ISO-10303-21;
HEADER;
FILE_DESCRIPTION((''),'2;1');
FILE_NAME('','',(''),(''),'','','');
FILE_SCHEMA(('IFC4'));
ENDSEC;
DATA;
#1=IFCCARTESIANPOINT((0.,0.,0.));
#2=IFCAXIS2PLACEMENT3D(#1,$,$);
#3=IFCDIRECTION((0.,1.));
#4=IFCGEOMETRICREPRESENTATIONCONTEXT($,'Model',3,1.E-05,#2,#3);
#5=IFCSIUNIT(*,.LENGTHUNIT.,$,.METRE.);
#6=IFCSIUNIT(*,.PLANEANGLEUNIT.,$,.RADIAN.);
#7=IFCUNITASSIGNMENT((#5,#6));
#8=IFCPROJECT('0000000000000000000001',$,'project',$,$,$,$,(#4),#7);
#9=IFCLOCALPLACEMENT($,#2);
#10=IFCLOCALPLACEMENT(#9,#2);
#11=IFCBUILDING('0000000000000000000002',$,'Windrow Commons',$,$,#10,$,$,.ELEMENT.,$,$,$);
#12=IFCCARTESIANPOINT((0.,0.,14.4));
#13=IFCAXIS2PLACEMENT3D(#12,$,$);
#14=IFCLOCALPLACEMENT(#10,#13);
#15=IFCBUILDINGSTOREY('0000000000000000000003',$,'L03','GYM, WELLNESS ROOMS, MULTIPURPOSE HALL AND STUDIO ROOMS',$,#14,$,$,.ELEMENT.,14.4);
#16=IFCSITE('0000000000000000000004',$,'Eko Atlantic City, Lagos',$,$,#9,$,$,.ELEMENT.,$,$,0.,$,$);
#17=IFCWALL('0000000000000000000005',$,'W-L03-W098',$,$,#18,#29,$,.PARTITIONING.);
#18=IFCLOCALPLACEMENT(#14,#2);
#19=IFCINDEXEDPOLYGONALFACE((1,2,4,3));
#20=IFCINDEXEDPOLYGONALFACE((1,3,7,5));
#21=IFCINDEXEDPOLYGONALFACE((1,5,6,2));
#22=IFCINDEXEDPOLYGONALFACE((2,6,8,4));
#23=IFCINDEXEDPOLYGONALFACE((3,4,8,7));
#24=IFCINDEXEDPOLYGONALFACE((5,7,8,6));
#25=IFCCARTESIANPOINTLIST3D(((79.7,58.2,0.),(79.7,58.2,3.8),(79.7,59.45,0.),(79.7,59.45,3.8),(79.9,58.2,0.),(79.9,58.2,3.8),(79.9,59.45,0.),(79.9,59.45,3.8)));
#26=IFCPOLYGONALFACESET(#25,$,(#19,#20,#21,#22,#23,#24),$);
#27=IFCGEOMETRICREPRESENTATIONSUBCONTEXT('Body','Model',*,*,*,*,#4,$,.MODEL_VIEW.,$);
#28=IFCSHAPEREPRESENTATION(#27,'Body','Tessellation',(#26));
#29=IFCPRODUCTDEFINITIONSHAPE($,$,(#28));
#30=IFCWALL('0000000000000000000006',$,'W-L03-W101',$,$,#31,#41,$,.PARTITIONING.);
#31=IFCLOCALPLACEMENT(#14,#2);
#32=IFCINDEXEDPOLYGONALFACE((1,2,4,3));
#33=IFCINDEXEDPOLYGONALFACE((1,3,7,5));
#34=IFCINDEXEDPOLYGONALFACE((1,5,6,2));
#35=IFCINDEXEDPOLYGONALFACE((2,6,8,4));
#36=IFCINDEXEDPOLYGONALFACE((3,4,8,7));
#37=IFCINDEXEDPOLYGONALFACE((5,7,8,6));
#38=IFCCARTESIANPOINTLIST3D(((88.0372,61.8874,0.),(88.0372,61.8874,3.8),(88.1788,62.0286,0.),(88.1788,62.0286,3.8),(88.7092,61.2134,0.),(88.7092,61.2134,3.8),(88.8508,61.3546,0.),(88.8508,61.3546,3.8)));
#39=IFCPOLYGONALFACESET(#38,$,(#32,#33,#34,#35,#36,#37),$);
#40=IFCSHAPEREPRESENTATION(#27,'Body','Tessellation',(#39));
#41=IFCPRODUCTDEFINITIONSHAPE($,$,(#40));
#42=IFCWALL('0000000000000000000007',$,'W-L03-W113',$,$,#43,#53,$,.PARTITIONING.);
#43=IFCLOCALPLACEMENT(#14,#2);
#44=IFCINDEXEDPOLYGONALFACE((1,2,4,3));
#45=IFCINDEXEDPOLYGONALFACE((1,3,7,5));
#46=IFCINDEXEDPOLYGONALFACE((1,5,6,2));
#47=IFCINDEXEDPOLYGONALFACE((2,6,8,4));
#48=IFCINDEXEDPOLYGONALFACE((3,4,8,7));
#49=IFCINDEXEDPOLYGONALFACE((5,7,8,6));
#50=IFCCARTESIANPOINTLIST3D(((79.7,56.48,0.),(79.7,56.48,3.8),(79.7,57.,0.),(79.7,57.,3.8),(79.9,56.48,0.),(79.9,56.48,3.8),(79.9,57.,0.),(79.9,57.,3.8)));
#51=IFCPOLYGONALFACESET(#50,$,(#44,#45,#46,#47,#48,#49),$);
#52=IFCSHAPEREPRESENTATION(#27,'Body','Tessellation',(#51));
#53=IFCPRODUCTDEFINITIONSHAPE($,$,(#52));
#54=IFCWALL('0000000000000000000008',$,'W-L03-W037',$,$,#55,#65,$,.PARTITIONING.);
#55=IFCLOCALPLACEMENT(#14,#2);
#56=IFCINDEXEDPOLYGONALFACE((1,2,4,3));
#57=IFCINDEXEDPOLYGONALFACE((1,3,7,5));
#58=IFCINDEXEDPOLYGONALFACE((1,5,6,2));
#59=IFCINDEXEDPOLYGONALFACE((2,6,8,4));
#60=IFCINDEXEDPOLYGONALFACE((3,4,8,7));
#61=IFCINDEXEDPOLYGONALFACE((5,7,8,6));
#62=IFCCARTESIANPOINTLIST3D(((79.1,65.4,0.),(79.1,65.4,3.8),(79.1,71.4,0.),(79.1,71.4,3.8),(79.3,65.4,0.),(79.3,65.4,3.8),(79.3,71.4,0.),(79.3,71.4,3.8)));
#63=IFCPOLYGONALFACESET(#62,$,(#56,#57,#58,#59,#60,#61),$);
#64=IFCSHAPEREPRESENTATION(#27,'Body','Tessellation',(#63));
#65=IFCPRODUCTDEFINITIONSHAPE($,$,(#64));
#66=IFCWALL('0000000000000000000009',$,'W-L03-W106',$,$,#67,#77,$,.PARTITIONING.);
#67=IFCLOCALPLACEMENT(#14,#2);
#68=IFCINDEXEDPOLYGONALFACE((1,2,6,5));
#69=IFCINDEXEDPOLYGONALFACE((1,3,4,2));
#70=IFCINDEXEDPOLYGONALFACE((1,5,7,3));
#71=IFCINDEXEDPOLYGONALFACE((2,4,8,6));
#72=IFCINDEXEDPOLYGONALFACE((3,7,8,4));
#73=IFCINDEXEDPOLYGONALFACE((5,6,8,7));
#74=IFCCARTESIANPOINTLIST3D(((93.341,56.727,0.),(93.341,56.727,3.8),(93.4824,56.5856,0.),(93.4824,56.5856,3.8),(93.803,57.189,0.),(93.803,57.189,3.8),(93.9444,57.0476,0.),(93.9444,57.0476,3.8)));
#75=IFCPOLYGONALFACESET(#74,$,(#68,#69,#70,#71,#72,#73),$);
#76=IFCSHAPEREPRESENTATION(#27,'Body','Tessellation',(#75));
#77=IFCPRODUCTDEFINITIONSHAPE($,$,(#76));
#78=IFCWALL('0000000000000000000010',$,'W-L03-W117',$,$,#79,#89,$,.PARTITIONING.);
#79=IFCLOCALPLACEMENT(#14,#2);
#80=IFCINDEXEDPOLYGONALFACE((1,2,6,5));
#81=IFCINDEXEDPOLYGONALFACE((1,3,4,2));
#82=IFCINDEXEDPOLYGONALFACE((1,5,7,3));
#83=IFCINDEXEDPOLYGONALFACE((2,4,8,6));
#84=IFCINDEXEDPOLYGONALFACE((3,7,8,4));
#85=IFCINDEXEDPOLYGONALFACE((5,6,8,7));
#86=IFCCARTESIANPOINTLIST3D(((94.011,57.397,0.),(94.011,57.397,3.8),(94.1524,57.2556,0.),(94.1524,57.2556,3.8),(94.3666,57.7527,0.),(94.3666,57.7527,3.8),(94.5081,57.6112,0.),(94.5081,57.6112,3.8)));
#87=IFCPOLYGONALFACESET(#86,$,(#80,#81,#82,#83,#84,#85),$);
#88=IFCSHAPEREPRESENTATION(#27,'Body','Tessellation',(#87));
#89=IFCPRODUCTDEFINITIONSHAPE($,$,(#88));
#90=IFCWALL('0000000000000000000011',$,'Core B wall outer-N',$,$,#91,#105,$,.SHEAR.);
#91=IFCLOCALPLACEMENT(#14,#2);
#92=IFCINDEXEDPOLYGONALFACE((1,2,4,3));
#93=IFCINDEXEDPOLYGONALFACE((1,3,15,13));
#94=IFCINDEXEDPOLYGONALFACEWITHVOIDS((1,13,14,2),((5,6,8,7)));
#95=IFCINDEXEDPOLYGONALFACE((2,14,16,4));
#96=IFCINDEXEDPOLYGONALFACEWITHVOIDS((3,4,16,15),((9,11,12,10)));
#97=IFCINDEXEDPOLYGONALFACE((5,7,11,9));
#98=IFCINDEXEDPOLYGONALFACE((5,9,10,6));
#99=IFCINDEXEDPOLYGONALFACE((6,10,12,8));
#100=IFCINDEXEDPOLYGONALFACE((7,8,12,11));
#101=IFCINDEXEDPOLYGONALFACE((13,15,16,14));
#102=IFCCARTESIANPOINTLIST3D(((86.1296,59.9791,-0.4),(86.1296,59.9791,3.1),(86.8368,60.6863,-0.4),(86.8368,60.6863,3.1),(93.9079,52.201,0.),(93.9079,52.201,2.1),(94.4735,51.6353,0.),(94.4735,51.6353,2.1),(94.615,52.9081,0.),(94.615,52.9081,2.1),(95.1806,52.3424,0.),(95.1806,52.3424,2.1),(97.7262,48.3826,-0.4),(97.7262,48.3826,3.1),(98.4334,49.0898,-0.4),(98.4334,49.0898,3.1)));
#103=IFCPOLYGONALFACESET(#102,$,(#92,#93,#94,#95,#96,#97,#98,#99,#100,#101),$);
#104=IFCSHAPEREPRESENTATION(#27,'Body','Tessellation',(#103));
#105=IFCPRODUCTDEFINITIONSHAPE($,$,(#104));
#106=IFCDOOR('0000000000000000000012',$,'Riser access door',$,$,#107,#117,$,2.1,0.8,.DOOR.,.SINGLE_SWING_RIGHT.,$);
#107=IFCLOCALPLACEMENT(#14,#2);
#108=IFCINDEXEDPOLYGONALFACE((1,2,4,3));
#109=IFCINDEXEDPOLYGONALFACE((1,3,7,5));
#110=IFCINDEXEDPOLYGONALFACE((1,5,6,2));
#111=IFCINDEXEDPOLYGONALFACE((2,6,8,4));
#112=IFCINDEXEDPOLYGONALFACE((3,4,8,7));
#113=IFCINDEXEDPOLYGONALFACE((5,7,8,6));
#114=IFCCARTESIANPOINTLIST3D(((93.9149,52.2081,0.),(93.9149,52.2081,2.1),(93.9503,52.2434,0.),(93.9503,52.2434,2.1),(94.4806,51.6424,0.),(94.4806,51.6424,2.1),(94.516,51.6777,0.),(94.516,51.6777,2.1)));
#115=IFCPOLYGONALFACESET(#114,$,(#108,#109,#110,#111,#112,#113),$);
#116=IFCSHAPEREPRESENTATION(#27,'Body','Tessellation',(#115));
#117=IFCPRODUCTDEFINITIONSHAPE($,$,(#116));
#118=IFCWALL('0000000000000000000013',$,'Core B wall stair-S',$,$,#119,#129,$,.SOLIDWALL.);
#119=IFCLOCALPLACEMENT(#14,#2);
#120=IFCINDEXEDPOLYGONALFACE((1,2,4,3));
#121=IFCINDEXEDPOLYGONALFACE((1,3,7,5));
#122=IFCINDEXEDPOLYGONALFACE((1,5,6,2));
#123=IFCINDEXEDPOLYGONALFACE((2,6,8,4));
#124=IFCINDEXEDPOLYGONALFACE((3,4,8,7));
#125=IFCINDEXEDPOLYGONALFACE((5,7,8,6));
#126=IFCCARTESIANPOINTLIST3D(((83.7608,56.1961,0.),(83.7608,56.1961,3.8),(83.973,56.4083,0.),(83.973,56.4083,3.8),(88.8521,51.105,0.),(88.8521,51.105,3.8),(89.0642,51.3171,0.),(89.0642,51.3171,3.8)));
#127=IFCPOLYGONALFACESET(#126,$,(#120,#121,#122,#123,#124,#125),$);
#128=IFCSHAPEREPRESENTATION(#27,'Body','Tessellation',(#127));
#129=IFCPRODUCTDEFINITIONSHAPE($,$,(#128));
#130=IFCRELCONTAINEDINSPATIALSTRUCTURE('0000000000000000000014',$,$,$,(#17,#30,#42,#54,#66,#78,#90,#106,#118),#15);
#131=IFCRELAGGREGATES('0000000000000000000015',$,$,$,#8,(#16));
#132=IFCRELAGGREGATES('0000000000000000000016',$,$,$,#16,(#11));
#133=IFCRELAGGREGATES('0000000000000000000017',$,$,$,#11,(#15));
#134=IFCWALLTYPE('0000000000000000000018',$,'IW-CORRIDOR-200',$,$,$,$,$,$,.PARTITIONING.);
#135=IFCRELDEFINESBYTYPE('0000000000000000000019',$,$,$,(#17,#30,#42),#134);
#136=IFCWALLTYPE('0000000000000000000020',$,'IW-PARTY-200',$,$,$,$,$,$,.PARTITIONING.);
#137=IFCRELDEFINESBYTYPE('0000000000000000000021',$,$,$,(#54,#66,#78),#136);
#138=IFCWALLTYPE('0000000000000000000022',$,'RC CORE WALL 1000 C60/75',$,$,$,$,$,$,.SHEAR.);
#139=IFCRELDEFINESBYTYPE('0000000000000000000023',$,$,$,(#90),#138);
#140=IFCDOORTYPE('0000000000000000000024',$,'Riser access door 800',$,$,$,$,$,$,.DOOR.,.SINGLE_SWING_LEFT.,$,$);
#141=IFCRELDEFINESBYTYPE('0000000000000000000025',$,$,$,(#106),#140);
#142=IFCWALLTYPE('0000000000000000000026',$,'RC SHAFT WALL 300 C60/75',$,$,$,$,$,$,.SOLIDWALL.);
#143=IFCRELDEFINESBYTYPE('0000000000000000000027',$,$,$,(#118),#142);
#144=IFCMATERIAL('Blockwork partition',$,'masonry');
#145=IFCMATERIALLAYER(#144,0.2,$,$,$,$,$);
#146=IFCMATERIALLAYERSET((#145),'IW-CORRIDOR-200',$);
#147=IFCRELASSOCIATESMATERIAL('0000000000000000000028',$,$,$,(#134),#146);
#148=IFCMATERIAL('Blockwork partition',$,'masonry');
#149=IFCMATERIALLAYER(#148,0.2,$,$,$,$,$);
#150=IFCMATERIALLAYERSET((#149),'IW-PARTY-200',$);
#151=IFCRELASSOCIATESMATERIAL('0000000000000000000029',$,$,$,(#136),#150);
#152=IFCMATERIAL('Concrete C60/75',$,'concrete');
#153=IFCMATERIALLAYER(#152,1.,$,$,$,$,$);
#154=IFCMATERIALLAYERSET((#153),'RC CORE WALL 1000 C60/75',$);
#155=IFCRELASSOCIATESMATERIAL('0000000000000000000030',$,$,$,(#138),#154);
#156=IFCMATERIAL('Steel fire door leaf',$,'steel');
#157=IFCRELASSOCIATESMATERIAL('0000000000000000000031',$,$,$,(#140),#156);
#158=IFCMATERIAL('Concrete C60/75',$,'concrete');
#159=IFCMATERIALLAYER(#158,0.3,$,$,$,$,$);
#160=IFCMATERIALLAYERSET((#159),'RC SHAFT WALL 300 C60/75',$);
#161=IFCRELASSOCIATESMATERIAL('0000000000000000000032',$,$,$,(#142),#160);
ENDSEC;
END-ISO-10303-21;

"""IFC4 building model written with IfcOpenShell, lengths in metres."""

from ifc_helpers import new_model, si_unit, direction, frame, frame_2d, origin, place, context, subcontext, project, spatial, rectangle, extrude, material, layer, layer_set, type_object, element, fill, save


model = new_model("IFC4")

# Units and contexts
model_context = context("Model", 3, precision=1e-05, world=origin(), true_north=direction((0.0, 1.0)))
body_context = subcontext(model_context, "Body", "Model", "MODEL_VIEW")
ifc_project = project(units=[si_unit("LENGTHUNIT", "METRE"), si_unit("PLANEANGLEUNIT", "RADIAN")], contexts=[model_context])

# Site, building, storey
site_placement = place(None, origin())
site = spatial("IfcSite", under=ifc_project, at=site_placement, Name="Eko Atlantic City, Lagos", CompositionType="ELEMENT", RefElevation=0.0)
building_placement = place(site_placement, origin())
building = spatial("IfcBuilding", under=site, at=building_placement, Name="Windrow Commons", CompositionType="ELEMENT")
storey_placement = place(building_placement, frame((0.0, 0.0, 14.4)))
storey = spatial("IfcBuildingStorey", under=building, at=storey_placement, Name="L03", Description="GYM, WELLNESS ROOMS, MULTIPURPOSE HALL AND STUDIO ROOMS", CompositionType="ELEMENT", Elevation=14.4)

# Shared definitions
ifc_material_1 = material(Name="Blockwork partition", Category="masonry")
ifc_layer_1 = layer(ifc_material_1, 0.2)
ifc_layer_set_1 = layer_set([ifc_layer_1], Name="IW-CORRIDOR-200")
wall_type_1 = type_object("IfcWallType", Name="IW-CORRIDOR-200", PredefinedType="PARTITIONING", material=ifc_layer_set_1)

# Walls
wall_1_placement = place(storey_placement, frame((79.8, 58.2, 0.0), z_axis=(0.0, 0.0, 1.0), x_axis=(0.0, 1.0, 0.0)))
element("IfcWall", 1, at=wall_1_placement, inside=storey, type_object=wall_type_1, Name="W-L03-W098", PredefinedType="PARTITIONING", context=body_context, shape_type="SweptSolid", body=[
    extrude(rectangle(XDim=1.25, YDim=0.2, at=frame_2d((0.625, 0.0))), origin(), (0.0, 0.0, 1.0), 3.8),
])
wall_2_placement = place(storey_placement, frame((88.108, 61.958, 0.0), z_axis=(0.0, 0.0, 1.0), x_axis=(0.706055, -0.708157, 0.0)))
element("IfcWall", 2, at=wall_2_placement, inside=storey, type_object=wall_type_1, Name="W-L03-W101", PredefinedType="PARTITIONING", context=body_context, shape_type="SweptSolid", body=[
    extrude(rectangle(XDim=0.9518, YDim=0.2, at=frame_2d((0.4759, 0.0))), origin(), (0.0, 0.0, 1.0), 3.8),
])
wall_3_placement = place(storey_placement, frame((79.8, 56.48, 0.0), z_axis=(0.0, 0.0, 1.0), x_axis=(0.0, 1.0, 0.0)))
element("IfcWall", 3, at=wall_3_placement, inside=storey, type_object=wall_type_1, Name="W-L03-W113", PredefinedType="PARTITIONING", context=body_context, shape_type="SweptSolid", body=[
    extrude(rectangle(XDim=0.52, YDim=0.2, at=frame_2d((0.26, 0.0))), origin(), (0.0, 0.0, 1.0), 3.8),
])
ifc_material_2 = material(Name="Blockwork partition", Category="masonry")
ifc_layer_2 = layer(ifc_material_2, 0.2)
ifc_layer_set_2 = layer_set([ifc_layer_2], Name="IW-PARTY-200")
wall_type_2 = type_object("IfcWallType", Name="IW-PARTY-200", PredefinedType="PARTITIONING", material=ifc_layer_set_2)
wall_4_placement = place(storey_placement, frame((79.2, 65.4, 0.0), z_axis=(0.0, 0.0, 1.0), x_axis=(0.0, 1.0, 0.0)))
element("IfcWall", 4, at=wall_4_placement, inside=storey, type_object=wall_type_2, Name="W-L03-W037", PredefinedType="PARTITIONING", context=body_context, shape_type="SweptSolid", body=[
    extrude(rectangle(XDim=6.0, YDim=0.2, at=frame_2d((3.0, 0.0))), origin(), (0.0, 0.0, 1.0), 3.8),
])
wall_5_placement = place(storey_placement, frame((93.4117, 56.6563, 0.0), z_axis=(0.0, 0.0, 1.0), x_axis=(0.707107, 0.707107, 0.0)))
element("IfcWall", 5, at=wall_5_placement, inside=storey, type_object=wall_type_2, Name="W-L03-W106", PredefinedType="PARTITIONING", context=body_context, shape_type="SweptSolid", body=[
    extrude(rectangle(XDim=0.6534, YDim=0.2, at=frame_2d((0.3267, 0.0))), origin(), (0.0, 0.0, 1.0), 3.8),
])
wall_6_placement = place(storey_placement, frame((94.0817, 57.3263, 0.0), z_axis=(0.0, 0.0, 1.0), x_axis=(0.707107, 0.707107, 0.0)))
element("IfcWall", 6, at=wall_6_placement, inside=storey, type_object=wall_type_2, Name="W-L03-W117", PredefinedType="PARTITIONING", context=body_context, shape_type="SweptSolid", body=[
    extrude(rectangle(XDim=0.5029, YDim=0.2, at=frame_2d((0.2515, 0.0))), origin(), (0.0, 0.0, 1.0), 3.8),
])

# Wall, opening, door
ifc_material_3 = material(Name="Concrete C60/75", Category="concrete")
ifc_layer_3 = layer(ifc_material_3, 1.0)
ifc_layer_set_3 = layer_set([ifc_layer_3], Name="RC CORE WALL 1000 C60/75")
wall_type_3 = type_object("IfcWallType", Name="RC CORE WALL 1000 C60/75", PredefinedType="SHEAR", material=ifc_layer_set_3)
wall_7_placement = place(storey_placement, frame((86.4832, 60.3327, -0.4), z_axis=(0.0, 0.0, 1.0), x_axis=(0.70711, -0.707104, 0.0)))
wall_7 = element("IfcWall", 7, at=wall_7_placement, inside=storey, type_object=wall_type_3, Name="Core B wall outer-N", PredefinedType="SHEAR", context=body_context, shape_type="SweptSolid", body=[
    extrude(rectangle(XDim=16.4, YDim=1.0, at=frame_2d((8.2, 0.0))), origin(), (0.0, 0.0, 1.0), 3.5),
])
opening_1_placement = place(wall_7_placement, frame((11.0, 0.0, 0.4)))
opening_1 = element("IfcOpeningElement", 8, at=opening_1_placement, cuts=wall_7, PredefinedType="OPENING", context=body_context, shape_type="SweptSolid", body=[
    extrude(rectangle(XDim=0.8, YDim=2.1, at=frame_2d((0.4, 1.05))), frame((0.0, 0.51, 0.0), z_axis=(0.0, -1.0, 0.0), x_axis=(1.0, 0.0, 0.0)), (0.0, 0.0, 1.0), 1.02),
])
ifc_material_4 = material(Name="Steel fire door leaf", Category="steel")
door_type_1 = type_object("IfcDoorType", Name="Riser access door 800", OperationType="SINGLE_SWING_LEFT", PredefinedType="DOOR", material=ifc_material_4)
door_1_placement = place(opening_1_placement, origin())
door_1 = element("IfcDoor", 9, at=door_1_placement, inside=storey, type_object=door_type_1, Name="Riser access door", OperationType="SINGLE_SWING_RIGHT", OverallHeight=2.1, OverallWidth=0.8, PredefinedType="DOOR", context=body_context, shape_type="SweptSolid", body=[
    extrude(rectangle(XDim=0.8, YDim=2.1, at=frame_2d((0.4, 1.05))), frame((0.0, -0.44, 0.0), z_axis=(0.0, -1.0, 0.0), x_axis=(1.0, 0.0, 0.0)), (0.0, 0.0, 1.0), 0.05),
])
fill(opening_1, door_1)

# Wall
ifc_material_5 = material(Name="Concrete C60/75", Category="concrete")
ifc_layer_4 = layer(ifc_material_5, 0.3)
ifc_layer_set_4 = layer_set([ifc_layer_4], Name="RC SHAFT WALL 300 C60/75")
wall_type_4 = type_object("IfcWallType", Name="RC SHAFT WALL 300 C60/75", PredefinedType="SOLIDWALL", material=ifc_layer_set_4)
wall_8_placement = place(storey_placement, frame((83.8669, 56.3022, 0.0), z_axis=(0.0, 0.0, 1.0), x_axis=(0.707114, -0.7071, 0.0)))
element("IfcWall", 10, at=wall_8_placement, inside=storey, type_object=wall_type_4, Name="Core B wall stair-S", PredefinedType="SOLIDWALL", context=body_context, shape_type="SweptSolid", body=[
    extrude(rectangle(XDim=7.2, YDim=0.3, at=frame_2d((3.6, 0.0))), origin(), (0.0, 0.0, 1.0), 3.8),
])

save(model, "model.ifc")
